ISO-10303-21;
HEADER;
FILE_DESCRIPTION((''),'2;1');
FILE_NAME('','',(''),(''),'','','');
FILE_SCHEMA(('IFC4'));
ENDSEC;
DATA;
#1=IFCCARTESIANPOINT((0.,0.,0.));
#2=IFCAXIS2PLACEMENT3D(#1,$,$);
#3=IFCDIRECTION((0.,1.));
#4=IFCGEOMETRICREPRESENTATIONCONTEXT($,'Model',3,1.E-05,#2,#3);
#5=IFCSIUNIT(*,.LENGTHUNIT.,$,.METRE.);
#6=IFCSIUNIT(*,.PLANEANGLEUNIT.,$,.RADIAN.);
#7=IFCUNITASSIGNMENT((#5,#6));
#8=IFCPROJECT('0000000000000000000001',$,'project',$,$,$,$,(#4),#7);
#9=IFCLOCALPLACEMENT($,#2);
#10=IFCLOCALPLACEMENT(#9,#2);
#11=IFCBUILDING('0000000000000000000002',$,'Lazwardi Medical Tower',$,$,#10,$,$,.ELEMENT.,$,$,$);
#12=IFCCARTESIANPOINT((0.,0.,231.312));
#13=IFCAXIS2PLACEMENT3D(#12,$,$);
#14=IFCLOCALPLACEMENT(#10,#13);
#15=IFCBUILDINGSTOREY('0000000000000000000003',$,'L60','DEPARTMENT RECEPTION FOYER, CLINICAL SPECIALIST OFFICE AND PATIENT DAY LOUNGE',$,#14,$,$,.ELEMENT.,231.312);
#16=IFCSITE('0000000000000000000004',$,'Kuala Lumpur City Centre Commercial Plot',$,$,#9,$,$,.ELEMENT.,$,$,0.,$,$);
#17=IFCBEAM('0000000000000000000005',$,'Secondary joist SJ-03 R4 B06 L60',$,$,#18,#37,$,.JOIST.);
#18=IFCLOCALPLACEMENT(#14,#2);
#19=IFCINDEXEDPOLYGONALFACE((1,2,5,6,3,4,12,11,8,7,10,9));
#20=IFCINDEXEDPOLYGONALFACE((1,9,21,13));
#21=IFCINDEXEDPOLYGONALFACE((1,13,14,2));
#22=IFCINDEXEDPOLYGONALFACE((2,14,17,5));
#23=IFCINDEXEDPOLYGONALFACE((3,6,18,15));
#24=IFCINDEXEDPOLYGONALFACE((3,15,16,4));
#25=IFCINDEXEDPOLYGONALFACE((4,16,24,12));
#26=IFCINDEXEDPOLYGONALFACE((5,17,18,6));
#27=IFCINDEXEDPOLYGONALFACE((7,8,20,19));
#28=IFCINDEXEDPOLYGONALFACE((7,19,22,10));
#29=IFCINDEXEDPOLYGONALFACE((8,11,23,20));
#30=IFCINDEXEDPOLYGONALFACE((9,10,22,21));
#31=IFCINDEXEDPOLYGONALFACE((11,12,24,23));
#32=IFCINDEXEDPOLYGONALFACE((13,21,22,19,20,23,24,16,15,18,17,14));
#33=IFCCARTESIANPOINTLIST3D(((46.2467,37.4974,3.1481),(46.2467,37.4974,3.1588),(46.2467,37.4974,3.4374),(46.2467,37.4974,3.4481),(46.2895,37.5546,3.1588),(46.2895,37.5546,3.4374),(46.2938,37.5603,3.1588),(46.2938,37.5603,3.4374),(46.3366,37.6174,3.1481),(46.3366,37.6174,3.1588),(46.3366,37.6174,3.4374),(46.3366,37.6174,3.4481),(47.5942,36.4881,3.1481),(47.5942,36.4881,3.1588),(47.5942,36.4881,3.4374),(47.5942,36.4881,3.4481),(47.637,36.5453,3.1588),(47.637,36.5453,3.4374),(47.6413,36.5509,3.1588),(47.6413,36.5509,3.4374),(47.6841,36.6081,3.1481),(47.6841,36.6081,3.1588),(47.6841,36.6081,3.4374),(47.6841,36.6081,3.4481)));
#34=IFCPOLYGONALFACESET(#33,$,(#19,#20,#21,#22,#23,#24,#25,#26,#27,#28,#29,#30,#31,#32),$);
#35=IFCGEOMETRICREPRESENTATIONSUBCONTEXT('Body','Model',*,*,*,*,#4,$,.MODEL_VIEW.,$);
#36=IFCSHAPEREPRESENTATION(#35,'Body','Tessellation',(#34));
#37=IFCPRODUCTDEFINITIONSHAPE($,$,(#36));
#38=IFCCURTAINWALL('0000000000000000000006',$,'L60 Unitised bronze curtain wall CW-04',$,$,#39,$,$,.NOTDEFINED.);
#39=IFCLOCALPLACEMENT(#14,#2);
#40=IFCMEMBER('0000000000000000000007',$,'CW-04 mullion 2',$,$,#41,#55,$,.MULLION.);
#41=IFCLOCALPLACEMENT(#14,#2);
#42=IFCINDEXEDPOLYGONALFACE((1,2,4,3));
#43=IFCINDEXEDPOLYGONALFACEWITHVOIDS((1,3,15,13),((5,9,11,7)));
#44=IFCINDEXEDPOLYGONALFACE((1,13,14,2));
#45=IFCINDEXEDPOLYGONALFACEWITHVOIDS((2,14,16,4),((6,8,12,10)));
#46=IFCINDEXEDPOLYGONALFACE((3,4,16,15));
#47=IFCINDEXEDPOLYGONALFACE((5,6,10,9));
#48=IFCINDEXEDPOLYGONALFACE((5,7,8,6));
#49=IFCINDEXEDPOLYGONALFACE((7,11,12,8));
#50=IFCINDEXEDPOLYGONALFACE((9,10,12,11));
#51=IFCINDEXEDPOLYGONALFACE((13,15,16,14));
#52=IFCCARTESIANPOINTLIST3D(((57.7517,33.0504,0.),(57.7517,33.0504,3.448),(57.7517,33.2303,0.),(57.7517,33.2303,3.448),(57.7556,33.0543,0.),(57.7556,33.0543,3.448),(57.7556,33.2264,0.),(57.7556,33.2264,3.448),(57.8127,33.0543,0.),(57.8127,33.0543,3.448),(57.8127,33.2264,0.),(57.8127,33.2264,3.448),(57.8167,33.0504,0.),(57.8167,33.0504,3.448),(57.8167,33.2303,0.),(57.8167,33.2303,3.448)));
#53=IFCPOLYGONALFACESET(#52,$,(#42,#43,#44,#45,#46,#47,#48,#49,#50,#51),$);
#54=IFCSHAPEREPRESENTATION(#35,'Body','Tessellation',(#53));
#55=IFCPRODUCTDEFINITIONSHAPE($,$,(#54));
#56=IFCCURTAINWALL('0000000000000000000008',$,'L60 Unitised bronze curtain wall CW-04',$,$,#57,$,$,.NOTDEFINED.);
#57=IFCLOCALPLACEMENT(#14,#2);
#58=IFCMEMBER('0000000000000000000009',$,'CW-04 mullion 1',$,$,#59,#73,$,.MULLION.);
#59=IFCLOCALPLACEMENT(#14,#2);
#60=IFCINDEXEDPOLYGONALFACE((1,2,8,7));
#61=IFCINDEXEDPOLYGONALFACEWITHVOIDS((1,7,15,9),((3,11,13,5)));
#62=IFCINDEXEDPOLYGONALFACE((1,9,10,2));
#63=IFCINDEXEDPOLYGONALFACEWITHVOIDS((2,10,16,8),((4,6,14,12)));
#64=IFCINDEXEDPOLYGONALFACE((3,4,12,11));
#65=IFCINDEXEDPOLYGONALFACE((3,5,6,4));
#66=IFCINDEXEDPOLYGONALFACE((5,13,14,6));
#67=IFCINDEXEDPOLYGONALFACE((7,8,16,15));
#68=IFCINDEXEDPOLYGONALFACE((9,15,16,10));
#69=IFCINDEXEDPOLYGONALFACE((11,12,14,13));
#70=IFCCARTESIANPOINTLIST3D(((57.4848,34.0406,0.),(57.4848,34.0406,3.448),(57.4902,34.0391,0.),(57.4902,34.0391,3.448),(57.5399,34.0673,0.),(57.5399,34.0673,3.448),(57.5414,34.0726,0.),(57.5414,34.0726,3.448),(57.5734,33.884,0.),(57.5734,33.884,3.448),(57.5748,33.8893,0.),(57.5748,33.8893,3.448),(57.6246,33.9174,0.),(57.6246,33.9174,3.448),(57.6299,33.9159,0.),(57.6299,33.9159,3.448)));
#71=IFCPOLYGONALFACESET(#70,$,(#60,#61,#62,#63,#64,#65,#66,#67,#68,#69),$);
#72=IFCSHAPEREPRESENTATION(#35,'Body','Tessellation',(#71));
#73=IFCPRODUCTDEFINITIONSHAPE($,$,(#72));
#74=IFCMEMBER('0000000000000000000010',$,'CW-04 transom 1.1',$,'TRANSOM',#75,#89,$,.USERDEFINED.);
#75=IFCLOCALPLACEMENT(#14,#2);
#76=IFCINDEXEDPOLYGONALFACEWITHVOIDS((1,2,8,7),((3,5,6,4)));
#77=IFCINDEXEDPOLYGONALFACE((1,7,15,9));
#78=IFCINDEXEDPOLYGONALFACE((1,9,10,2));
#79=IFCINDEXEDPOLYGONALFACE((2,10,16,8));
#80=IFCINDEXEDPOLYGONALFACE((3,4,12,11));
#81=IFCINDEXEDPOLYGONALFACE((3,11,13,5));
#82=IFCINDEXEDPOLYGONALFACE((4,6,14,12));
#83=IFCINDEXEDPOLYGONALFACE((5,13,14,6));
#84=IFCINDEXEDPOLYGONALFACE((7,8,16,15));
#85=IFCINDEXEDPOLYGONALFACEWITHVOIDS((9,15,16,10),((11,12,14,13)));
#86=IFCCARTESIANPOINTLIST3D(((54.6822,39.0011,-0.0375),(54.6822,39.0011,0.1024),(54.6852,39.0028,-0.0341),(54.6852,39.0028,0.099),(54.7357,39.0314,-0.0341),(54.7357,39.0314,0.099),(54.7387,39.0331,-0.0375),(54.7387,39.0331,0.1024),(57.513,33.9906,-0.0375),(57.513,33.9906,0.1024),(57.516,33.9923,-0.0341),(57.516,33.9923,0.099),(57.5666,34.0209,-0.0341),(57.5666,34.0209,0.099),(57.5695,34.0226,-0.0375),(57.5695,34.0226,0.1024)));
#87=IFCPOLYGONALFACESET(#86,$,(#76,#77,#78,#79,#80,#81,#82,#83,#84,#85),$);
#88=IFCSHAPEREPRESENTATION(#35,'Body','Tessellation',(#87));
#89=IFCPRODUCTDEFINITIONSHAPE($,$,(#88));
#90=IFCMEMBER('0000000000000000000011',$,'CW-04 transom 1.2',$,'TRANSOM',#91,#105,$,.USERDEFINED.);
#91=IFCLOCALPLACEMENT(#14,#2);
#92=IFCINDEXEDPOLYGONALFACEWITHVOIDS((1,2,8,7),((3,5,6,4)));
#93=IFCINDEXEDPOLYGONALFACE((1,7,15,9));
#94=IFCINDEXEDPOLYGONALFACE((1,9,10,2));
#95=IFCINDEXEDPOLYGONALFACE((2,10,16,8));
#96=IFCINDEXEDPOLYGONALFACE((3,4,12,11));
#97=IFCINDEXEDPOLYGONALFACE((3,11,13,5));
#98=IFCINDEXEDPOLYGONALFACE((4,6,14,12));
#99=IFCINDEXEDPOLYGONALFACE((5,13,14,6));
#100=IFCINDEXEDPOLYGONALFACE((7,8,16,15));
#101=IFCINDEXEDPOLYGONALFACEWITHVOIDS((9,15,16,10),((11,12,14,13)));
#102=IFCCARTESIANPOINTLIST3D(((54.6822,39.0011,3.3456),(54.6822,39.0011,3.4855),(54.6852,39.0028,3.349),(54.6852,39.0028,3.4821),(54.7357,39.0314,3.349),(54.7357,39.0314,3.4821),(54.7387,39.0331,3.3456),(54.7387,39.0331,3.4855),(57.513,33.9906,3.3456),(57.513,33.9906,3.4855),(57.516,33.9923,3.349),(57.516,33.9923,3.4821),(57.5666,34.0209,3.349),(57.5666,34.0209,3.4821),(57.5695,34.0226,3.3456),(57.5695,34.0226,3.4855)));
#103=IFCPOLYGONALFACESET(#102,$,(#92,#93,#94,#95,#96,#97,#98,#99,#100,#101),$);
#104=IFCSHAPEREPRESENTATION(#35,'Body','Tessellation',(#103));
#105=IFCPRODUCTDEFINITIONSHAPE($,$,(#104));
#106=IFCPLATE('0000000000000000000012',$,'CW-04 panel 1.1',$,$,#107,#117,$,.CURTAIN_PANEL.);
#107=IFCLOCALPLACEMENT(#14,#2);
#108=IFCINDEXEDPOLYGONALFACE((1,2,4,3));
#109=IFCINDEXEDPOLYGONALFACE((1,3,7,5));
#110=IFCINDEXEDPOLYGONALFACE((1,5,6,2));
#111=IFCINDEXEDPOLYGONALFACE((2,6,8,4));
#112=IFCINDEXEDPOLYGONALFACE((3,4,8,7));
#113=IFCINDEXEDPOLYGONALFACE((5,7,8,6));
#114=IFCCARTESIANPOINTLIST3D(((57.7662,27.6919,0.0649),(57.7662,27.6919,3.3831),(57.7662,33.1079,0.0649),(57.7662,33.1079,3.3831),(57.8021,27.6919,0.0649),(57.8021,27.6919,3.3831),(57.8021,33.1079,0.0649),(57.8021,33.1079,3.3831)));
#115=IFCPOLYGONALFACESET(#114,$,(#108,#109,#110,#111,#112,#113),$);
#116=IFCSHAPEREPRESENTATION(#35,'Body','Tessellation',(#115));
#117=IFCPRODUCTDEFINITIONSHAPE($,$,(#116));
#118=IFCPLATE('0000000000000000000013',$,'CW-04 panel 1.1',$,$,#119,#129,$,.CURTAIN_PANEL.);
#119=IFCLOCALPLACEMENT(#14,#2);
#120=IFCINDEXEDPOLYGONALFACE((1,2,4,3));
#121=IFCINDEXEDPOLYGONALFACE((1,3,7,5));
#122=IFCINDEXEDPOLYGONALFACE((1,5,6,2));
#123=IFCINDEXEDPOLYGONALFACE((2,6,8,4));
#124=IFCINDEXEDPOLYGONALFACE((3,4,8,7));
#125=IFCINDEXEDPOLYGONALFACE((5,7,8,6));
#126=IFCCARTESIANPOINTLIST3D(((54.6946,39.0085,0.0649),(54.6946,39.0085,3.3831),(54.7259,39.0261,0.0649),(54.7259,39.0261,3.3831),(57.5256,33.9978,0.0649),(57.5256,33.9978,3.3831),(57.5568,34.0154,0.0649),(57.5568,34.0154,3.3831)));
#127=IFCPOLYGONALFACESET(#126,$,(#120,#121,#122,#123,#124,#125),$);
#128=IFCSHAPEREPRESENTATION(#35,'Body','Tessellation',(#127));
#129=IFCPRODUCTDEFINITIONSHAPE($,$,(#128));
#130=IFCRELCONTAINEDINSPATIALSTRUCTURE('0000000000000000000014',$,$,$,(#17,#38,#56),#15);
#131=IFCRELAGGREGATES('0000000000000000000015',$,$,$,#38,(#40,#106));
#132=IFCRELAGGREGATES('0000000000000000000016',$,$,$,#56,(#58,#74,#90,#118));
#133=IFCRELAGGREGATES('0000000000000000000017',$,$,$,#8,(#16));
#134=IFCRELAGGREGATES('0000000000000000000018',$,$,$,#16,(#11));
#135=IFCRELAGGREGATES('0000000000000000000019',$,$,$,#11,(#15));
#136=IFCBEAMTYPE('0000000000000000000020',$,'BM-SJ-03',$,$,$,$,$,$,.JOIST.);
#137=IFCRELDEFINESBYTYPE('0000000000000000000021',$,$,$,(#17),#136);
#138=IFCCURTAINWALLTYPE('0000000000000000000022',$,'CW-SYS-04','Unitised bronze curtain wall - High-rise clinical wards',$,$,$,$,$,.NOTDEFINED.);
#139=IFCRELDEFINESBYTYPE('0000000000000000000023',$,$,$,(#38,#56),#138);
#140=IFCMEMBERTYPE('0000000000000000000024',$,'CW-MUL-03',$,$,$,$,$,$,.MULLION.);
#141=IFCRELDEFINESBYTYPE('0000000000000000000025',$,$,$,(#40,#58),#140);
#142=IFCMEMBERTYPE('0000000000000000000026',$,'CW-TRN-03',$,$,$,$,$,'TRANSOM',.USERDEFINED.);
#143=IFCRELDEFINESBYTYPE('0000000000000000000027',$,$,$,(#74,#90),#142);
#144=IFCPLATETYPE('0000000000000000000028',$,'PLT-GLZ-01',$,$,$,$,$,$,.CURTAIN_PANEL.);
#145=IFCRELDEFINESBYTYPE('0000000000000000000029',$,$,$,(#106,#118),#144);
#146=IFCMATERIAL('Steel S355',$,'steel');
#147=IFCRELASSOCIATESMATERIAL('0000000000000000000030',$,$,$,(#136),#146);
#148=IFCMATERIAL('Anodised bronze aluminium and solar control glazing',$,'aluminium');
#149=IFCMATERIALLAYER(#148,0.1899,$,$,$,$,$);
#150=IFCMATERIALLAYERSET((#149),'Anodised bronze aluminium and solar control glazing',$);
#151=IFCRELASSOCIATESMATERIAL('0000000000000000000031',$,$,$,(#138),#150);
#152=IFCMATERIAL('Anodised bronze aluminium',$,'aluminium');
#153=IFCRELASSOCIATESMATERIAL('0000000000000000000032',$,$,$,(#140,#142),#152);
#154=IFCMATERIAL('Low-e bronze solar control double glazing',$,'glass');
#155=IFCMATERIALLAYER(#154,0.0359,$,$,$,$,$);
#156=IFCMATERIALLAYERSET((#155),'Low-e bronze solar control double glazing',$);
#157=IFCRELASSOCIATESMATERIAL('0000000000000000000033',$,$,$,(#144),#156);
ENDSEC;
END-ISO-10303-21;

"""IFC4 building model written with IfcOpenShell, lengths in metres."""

from ifc_helpers import new_model, si_unit, direction, frame, origin, origin_2d, place, context, subcontext, project, spatial, rectangle, hollow_rectangle, i_section, extrude, material, layer, layer_set, material_profile, profile_set, type_object, element, aggregate, save


model = new_model("IFC4")

# Units and contexts
model_context = context("Model", 3, precision=1e-05, world=origin(), true_north=direction((0.0, 1.0)))
body_context = subcontext(model_context, "Body", "Model", "MODEL_VIEW")
ifc_project = project(units=[si_unit("LENGTHUNIT", "METRE"), si_unit("PLANEANGLEUNIT", "RADIAN")], contexts=[model_context])

# Site, building, storey
site_placement = place(None, origin())
site = spatial("IfcSite", under=ifc_project, at=site_placement, Name="Kuala Lumpur City Centre Commercial Plot", CompositionType="ELEMENT", RefElevation=0.0)
building_placement = place(site_placement, origin())
building = spatial("IfcBuilding", under=site, at=building_placement, Name="Lazwardi Medical Tower", CompositionType="ELEMENT")
storey_placement = place(building_placement, frame((0.0, 0.0, 231.312)))
storey = spatial("IfcBuildingStorey", under=building, at=storey_placement, Name="L60", Description="DEPARTMENT RECEPTION FOYER, CLINICAL SPECIALIST OFFICE AND PATIENT DAY LOUNGE", CompositionType="ELEMENT", Elevation=231.312)

# Beam
ifc_material_1 = material(Name="Steel S355", Category="steel")
ifc_material_profile_1 = material_profile(ifc_material_1, i_section(OverallWidth=0.1499, OverallDepth=0.3, WebThickness=0.0071, FlangeThickness=0.0107, at=origin_2d()), Name="IPE 300")
ifc_profile_set_1 = profile_set([ifc_material_profile_1], Name="Steel S355")
beam_type_1 = type_object("IfcBeamType", Name="BM-SJ-03", PredefinedType="JOIST", material=ifc_profile_set_1)
beam_1_placement = place(storey_placement, frame((47.6392, 36.5481, 3.2981), z_axis=(-0.800365, 0.599513, 0.0), x_axis=(-0.599513, -0.800365, 0.0)))
element("IfcBeam", 1, at=beam_1_placement, inside=storey, type_object=beam_type_1, Name="Secondary joist SJ-03 R4 B06 L60", PredefinedType="JOIST", context=body_context, shape_type="SweptSolid", body=[
    extrude(i_section(OverallWidth=0.1499, OverallDepth=0.3, WebThickness=0.0071, FlangeThickness=0.0107, at=origin_2d()), origin(), (0.0, 0.0, 1.0), 1.6836),
])

# Curtain wall, member
ifc_material_2 = material(Name="Anodised bronze aluminium and solar control glazing", Category="aluminium")
ifc_layer_1 = layer(ifc_material_2, 0.1899)
ifc_layer_set_1 = layer_set([ifc_layer_1], Name="Anodised bronze aluminium and solar control glazing")
curtain_wall_type = type_object("IfcCurtainWallType", Name="CW-SYS-04", Description="Unitised bronze curtain wall - High-rise clinical wards", PredefinedType="NOTDEFINED", material=ifc_layer_set_1)
curtain_wall_1_placement = place(storey_placement, origin())
curtain_wall_1 = element("IfcCurtainWall", 2, at=curtain_wall_1_placement, inside=storey, type_object=curtain_wall_type, Name="L60 Unitised bronze curtain wall CW-04", PredefinedType="NOTDEFINED")
ifc_material_3 = material(Name="Anodised bronze aluminium", Category="aluminium")
ifc_material_profile_2 = material_profile(ifc_material_3, hollow_rectangle(XDim=0.0649, YDim=0.1799, WallThickness=0.0039, at=origin_2d()), Name="ALU-MULLION 180x65x4")
ifc_profile_set_2 = profile_set([ifc_material_profile_2], Name="Anodised bronze aluminium")
member_type_1 = type_object("IfcMemberType", Name="CW-MUL-03", PredefinedType="MULLION", material=ifc_profile_set_2)
member_1_placement = place(storey_placement, frame((57.7842, 33.1404, 0.0), z_axis=(0.0, 0.0, 1.0), x_axis=(-1.0, 0.0, 0.0)))
member_1 = element("IfcMember", 3, at=member_1_placement, type_object=member_type_1, Name="CW-04 mullion 2", PredefinedType="MULLION", context=body_context, shape_type="SweptSolid", body=[
    extrude(hollow_rectangle(XDim=0.0649, YDim=0.1799, WallThickness=0.0039, at=origin_2d()), origin(), (0.0, 0.0, 1.0), 3.448),
])

# Curtain wall, members
curtain_wall_2_placement = place(storey_placement, origin())
curtain_wall_2 = element("IfcCurtainWall", 4, at=curtain_wall_2_placement, inside=storey, type_object=curtain_wall_type, Name="L60 Unitised bronze curtain wall CW-04", PredefinedType="NOTDEFINED")
member_2_placement = place(storey_placement, frame((57.5574, 33.9783, 0.0), z_axis=(0.0, 0.0, 1.0), x_axis=(-0.870651, -0.4919, 0.0)))
member_2 = element("IfcMember", 5, at=member_2_placement, type_object=member_type_1, Name="CW-04 mullion 1", PredefinedType="MULLION", context=body_context, shape_type="SweptSolid", body=[
    extrude(hollow_rectangle(XDim=0.0649, YDim=0.1799, WallThickness=0.0039, at=origin_2d()), origin(), (0.0, 0.0, 1.0), 3.448),
])
ifc_material_profile_3 = material_profile(ifc_material_3, hollow_rectangle(XDim=0.0649, YDim=0.1399, WallThickness=0.0034, at=origin_2d()), Name="ALU-TRANSOM 140x65x3.5")
ifc_profile_set_3 = profile_set([ifc_material_profile_3], Name="Anodised bronze aluminium")
member_type_2 = type_object("IfcMemberType", Name="CW-TRN-03", ElementType="TRANSOM", PredefinedType="USERDEFINED", material=ifc_profile_set_3)
member_3_placement = place(storey_placement, frame((57.5413, 34.0066, 0.0325), z_axis=(-0.491898, 0.870653, 0.0), x_axis=(-0.870653, -0.491898, 0.0)))
member_3 = element("IfcMember", 6, at=member_3_placement, type_object=member_type_2, Name="CW-04 transom 1.1", ObjectType="TRANSOM", PredefinedType="USERDEFINED", context=body_context, shape_type="SweptSolid", body=[
    extrude(hollow_rectangle(XDim=0.0649, YDim=0.1399, WallThickness=0.0034, at=origin_2d()), origin(), (0.0, 0.0, 1.0), 5.7549),
])
member_4_placement = place(storey_placement, frame((57.5413, 34.0066, 3.4155), z_axis=(-0.491898, 0.870653, 0.0), x_axis=(-0.870653, -0.491898, 0.0)))
member_4 = element("IfcMember", 7, at=member_4_placement, type_object=member_type_2, Name="CW-04 transom 1.2", ObjectType="TRANSOM", PredefinedType="USERDEFINED", context=body_context, shape_type="SweptSolid", body=[
    extrude(hollow_rectangle(XDim=0.0649, YDim=0.1399, WallThickness=0.0034, at=origin_2d()), origin(), (0.0, 0.0, 1.0), 5.7549),
])

# Plates
ifc_material_4 = material(Name="Low-e bronze solar control double glazing", Category="glass")
ifc_layer_2 = layer(ifc_material_4, 0.0359)
ifc_layer_set_2 = layer_set([ifc_layer_2], Name="Low-e bronze solar control double glazing")
plate_type = type_object("IfcPlateType", Name="PLT-GLZ-01", PredefinedType="CURTAIN_PANEL", material=ifc_layer_set_2)
plate_1_placement = place(storey_placement, frame((57.7842, 30.3999, 0.0649), z_axis=(0.0, 0.0, 1.0), x_axis=(0.0, 1.0, 0.0)))
plate_1 = element("IfcPlate", 8, at=plate_1_placement, type_object=plate_type, Name="CW-04 panel 1.1", PredefinedType="CURTAIN_PANEL", context=body_context, shape_type="SweptSolid", body=[
    extrude(rectangle(XDim=5.416, YDim=0.0359, at=origin_2d()), origin(), (0.0, 0.0, 1.0), 3.3181),
])
aggregate(curtain_wall_1, [member_1, plate_1])
plate_2_placement = place(storey_placement, frame((56.1257, 36.512, 0.0649), z_axis=(0.0, 0.0, 1.0), x_axis=(-0.4919, 0.870651, 0.0)))
plate_2 = element("IfcPlate", 9, at=plate_2_placement, type_object=plate_type, Name="CW-04 panel 1.1", PredefinedType="CURTAIN_PANEL", context=body_context, shape_type="SweptSolid", body=[
    extrude(rectangle(XDim=5.7551, YDim=0.0359, at=origin_2d()), origin(), (0.0, 0.0, 1.0), 3.3181),
])
aggregate(curtain_wall_2, [member_2, member_3, member_4, plate_2])

save(model, "model.ifc")
